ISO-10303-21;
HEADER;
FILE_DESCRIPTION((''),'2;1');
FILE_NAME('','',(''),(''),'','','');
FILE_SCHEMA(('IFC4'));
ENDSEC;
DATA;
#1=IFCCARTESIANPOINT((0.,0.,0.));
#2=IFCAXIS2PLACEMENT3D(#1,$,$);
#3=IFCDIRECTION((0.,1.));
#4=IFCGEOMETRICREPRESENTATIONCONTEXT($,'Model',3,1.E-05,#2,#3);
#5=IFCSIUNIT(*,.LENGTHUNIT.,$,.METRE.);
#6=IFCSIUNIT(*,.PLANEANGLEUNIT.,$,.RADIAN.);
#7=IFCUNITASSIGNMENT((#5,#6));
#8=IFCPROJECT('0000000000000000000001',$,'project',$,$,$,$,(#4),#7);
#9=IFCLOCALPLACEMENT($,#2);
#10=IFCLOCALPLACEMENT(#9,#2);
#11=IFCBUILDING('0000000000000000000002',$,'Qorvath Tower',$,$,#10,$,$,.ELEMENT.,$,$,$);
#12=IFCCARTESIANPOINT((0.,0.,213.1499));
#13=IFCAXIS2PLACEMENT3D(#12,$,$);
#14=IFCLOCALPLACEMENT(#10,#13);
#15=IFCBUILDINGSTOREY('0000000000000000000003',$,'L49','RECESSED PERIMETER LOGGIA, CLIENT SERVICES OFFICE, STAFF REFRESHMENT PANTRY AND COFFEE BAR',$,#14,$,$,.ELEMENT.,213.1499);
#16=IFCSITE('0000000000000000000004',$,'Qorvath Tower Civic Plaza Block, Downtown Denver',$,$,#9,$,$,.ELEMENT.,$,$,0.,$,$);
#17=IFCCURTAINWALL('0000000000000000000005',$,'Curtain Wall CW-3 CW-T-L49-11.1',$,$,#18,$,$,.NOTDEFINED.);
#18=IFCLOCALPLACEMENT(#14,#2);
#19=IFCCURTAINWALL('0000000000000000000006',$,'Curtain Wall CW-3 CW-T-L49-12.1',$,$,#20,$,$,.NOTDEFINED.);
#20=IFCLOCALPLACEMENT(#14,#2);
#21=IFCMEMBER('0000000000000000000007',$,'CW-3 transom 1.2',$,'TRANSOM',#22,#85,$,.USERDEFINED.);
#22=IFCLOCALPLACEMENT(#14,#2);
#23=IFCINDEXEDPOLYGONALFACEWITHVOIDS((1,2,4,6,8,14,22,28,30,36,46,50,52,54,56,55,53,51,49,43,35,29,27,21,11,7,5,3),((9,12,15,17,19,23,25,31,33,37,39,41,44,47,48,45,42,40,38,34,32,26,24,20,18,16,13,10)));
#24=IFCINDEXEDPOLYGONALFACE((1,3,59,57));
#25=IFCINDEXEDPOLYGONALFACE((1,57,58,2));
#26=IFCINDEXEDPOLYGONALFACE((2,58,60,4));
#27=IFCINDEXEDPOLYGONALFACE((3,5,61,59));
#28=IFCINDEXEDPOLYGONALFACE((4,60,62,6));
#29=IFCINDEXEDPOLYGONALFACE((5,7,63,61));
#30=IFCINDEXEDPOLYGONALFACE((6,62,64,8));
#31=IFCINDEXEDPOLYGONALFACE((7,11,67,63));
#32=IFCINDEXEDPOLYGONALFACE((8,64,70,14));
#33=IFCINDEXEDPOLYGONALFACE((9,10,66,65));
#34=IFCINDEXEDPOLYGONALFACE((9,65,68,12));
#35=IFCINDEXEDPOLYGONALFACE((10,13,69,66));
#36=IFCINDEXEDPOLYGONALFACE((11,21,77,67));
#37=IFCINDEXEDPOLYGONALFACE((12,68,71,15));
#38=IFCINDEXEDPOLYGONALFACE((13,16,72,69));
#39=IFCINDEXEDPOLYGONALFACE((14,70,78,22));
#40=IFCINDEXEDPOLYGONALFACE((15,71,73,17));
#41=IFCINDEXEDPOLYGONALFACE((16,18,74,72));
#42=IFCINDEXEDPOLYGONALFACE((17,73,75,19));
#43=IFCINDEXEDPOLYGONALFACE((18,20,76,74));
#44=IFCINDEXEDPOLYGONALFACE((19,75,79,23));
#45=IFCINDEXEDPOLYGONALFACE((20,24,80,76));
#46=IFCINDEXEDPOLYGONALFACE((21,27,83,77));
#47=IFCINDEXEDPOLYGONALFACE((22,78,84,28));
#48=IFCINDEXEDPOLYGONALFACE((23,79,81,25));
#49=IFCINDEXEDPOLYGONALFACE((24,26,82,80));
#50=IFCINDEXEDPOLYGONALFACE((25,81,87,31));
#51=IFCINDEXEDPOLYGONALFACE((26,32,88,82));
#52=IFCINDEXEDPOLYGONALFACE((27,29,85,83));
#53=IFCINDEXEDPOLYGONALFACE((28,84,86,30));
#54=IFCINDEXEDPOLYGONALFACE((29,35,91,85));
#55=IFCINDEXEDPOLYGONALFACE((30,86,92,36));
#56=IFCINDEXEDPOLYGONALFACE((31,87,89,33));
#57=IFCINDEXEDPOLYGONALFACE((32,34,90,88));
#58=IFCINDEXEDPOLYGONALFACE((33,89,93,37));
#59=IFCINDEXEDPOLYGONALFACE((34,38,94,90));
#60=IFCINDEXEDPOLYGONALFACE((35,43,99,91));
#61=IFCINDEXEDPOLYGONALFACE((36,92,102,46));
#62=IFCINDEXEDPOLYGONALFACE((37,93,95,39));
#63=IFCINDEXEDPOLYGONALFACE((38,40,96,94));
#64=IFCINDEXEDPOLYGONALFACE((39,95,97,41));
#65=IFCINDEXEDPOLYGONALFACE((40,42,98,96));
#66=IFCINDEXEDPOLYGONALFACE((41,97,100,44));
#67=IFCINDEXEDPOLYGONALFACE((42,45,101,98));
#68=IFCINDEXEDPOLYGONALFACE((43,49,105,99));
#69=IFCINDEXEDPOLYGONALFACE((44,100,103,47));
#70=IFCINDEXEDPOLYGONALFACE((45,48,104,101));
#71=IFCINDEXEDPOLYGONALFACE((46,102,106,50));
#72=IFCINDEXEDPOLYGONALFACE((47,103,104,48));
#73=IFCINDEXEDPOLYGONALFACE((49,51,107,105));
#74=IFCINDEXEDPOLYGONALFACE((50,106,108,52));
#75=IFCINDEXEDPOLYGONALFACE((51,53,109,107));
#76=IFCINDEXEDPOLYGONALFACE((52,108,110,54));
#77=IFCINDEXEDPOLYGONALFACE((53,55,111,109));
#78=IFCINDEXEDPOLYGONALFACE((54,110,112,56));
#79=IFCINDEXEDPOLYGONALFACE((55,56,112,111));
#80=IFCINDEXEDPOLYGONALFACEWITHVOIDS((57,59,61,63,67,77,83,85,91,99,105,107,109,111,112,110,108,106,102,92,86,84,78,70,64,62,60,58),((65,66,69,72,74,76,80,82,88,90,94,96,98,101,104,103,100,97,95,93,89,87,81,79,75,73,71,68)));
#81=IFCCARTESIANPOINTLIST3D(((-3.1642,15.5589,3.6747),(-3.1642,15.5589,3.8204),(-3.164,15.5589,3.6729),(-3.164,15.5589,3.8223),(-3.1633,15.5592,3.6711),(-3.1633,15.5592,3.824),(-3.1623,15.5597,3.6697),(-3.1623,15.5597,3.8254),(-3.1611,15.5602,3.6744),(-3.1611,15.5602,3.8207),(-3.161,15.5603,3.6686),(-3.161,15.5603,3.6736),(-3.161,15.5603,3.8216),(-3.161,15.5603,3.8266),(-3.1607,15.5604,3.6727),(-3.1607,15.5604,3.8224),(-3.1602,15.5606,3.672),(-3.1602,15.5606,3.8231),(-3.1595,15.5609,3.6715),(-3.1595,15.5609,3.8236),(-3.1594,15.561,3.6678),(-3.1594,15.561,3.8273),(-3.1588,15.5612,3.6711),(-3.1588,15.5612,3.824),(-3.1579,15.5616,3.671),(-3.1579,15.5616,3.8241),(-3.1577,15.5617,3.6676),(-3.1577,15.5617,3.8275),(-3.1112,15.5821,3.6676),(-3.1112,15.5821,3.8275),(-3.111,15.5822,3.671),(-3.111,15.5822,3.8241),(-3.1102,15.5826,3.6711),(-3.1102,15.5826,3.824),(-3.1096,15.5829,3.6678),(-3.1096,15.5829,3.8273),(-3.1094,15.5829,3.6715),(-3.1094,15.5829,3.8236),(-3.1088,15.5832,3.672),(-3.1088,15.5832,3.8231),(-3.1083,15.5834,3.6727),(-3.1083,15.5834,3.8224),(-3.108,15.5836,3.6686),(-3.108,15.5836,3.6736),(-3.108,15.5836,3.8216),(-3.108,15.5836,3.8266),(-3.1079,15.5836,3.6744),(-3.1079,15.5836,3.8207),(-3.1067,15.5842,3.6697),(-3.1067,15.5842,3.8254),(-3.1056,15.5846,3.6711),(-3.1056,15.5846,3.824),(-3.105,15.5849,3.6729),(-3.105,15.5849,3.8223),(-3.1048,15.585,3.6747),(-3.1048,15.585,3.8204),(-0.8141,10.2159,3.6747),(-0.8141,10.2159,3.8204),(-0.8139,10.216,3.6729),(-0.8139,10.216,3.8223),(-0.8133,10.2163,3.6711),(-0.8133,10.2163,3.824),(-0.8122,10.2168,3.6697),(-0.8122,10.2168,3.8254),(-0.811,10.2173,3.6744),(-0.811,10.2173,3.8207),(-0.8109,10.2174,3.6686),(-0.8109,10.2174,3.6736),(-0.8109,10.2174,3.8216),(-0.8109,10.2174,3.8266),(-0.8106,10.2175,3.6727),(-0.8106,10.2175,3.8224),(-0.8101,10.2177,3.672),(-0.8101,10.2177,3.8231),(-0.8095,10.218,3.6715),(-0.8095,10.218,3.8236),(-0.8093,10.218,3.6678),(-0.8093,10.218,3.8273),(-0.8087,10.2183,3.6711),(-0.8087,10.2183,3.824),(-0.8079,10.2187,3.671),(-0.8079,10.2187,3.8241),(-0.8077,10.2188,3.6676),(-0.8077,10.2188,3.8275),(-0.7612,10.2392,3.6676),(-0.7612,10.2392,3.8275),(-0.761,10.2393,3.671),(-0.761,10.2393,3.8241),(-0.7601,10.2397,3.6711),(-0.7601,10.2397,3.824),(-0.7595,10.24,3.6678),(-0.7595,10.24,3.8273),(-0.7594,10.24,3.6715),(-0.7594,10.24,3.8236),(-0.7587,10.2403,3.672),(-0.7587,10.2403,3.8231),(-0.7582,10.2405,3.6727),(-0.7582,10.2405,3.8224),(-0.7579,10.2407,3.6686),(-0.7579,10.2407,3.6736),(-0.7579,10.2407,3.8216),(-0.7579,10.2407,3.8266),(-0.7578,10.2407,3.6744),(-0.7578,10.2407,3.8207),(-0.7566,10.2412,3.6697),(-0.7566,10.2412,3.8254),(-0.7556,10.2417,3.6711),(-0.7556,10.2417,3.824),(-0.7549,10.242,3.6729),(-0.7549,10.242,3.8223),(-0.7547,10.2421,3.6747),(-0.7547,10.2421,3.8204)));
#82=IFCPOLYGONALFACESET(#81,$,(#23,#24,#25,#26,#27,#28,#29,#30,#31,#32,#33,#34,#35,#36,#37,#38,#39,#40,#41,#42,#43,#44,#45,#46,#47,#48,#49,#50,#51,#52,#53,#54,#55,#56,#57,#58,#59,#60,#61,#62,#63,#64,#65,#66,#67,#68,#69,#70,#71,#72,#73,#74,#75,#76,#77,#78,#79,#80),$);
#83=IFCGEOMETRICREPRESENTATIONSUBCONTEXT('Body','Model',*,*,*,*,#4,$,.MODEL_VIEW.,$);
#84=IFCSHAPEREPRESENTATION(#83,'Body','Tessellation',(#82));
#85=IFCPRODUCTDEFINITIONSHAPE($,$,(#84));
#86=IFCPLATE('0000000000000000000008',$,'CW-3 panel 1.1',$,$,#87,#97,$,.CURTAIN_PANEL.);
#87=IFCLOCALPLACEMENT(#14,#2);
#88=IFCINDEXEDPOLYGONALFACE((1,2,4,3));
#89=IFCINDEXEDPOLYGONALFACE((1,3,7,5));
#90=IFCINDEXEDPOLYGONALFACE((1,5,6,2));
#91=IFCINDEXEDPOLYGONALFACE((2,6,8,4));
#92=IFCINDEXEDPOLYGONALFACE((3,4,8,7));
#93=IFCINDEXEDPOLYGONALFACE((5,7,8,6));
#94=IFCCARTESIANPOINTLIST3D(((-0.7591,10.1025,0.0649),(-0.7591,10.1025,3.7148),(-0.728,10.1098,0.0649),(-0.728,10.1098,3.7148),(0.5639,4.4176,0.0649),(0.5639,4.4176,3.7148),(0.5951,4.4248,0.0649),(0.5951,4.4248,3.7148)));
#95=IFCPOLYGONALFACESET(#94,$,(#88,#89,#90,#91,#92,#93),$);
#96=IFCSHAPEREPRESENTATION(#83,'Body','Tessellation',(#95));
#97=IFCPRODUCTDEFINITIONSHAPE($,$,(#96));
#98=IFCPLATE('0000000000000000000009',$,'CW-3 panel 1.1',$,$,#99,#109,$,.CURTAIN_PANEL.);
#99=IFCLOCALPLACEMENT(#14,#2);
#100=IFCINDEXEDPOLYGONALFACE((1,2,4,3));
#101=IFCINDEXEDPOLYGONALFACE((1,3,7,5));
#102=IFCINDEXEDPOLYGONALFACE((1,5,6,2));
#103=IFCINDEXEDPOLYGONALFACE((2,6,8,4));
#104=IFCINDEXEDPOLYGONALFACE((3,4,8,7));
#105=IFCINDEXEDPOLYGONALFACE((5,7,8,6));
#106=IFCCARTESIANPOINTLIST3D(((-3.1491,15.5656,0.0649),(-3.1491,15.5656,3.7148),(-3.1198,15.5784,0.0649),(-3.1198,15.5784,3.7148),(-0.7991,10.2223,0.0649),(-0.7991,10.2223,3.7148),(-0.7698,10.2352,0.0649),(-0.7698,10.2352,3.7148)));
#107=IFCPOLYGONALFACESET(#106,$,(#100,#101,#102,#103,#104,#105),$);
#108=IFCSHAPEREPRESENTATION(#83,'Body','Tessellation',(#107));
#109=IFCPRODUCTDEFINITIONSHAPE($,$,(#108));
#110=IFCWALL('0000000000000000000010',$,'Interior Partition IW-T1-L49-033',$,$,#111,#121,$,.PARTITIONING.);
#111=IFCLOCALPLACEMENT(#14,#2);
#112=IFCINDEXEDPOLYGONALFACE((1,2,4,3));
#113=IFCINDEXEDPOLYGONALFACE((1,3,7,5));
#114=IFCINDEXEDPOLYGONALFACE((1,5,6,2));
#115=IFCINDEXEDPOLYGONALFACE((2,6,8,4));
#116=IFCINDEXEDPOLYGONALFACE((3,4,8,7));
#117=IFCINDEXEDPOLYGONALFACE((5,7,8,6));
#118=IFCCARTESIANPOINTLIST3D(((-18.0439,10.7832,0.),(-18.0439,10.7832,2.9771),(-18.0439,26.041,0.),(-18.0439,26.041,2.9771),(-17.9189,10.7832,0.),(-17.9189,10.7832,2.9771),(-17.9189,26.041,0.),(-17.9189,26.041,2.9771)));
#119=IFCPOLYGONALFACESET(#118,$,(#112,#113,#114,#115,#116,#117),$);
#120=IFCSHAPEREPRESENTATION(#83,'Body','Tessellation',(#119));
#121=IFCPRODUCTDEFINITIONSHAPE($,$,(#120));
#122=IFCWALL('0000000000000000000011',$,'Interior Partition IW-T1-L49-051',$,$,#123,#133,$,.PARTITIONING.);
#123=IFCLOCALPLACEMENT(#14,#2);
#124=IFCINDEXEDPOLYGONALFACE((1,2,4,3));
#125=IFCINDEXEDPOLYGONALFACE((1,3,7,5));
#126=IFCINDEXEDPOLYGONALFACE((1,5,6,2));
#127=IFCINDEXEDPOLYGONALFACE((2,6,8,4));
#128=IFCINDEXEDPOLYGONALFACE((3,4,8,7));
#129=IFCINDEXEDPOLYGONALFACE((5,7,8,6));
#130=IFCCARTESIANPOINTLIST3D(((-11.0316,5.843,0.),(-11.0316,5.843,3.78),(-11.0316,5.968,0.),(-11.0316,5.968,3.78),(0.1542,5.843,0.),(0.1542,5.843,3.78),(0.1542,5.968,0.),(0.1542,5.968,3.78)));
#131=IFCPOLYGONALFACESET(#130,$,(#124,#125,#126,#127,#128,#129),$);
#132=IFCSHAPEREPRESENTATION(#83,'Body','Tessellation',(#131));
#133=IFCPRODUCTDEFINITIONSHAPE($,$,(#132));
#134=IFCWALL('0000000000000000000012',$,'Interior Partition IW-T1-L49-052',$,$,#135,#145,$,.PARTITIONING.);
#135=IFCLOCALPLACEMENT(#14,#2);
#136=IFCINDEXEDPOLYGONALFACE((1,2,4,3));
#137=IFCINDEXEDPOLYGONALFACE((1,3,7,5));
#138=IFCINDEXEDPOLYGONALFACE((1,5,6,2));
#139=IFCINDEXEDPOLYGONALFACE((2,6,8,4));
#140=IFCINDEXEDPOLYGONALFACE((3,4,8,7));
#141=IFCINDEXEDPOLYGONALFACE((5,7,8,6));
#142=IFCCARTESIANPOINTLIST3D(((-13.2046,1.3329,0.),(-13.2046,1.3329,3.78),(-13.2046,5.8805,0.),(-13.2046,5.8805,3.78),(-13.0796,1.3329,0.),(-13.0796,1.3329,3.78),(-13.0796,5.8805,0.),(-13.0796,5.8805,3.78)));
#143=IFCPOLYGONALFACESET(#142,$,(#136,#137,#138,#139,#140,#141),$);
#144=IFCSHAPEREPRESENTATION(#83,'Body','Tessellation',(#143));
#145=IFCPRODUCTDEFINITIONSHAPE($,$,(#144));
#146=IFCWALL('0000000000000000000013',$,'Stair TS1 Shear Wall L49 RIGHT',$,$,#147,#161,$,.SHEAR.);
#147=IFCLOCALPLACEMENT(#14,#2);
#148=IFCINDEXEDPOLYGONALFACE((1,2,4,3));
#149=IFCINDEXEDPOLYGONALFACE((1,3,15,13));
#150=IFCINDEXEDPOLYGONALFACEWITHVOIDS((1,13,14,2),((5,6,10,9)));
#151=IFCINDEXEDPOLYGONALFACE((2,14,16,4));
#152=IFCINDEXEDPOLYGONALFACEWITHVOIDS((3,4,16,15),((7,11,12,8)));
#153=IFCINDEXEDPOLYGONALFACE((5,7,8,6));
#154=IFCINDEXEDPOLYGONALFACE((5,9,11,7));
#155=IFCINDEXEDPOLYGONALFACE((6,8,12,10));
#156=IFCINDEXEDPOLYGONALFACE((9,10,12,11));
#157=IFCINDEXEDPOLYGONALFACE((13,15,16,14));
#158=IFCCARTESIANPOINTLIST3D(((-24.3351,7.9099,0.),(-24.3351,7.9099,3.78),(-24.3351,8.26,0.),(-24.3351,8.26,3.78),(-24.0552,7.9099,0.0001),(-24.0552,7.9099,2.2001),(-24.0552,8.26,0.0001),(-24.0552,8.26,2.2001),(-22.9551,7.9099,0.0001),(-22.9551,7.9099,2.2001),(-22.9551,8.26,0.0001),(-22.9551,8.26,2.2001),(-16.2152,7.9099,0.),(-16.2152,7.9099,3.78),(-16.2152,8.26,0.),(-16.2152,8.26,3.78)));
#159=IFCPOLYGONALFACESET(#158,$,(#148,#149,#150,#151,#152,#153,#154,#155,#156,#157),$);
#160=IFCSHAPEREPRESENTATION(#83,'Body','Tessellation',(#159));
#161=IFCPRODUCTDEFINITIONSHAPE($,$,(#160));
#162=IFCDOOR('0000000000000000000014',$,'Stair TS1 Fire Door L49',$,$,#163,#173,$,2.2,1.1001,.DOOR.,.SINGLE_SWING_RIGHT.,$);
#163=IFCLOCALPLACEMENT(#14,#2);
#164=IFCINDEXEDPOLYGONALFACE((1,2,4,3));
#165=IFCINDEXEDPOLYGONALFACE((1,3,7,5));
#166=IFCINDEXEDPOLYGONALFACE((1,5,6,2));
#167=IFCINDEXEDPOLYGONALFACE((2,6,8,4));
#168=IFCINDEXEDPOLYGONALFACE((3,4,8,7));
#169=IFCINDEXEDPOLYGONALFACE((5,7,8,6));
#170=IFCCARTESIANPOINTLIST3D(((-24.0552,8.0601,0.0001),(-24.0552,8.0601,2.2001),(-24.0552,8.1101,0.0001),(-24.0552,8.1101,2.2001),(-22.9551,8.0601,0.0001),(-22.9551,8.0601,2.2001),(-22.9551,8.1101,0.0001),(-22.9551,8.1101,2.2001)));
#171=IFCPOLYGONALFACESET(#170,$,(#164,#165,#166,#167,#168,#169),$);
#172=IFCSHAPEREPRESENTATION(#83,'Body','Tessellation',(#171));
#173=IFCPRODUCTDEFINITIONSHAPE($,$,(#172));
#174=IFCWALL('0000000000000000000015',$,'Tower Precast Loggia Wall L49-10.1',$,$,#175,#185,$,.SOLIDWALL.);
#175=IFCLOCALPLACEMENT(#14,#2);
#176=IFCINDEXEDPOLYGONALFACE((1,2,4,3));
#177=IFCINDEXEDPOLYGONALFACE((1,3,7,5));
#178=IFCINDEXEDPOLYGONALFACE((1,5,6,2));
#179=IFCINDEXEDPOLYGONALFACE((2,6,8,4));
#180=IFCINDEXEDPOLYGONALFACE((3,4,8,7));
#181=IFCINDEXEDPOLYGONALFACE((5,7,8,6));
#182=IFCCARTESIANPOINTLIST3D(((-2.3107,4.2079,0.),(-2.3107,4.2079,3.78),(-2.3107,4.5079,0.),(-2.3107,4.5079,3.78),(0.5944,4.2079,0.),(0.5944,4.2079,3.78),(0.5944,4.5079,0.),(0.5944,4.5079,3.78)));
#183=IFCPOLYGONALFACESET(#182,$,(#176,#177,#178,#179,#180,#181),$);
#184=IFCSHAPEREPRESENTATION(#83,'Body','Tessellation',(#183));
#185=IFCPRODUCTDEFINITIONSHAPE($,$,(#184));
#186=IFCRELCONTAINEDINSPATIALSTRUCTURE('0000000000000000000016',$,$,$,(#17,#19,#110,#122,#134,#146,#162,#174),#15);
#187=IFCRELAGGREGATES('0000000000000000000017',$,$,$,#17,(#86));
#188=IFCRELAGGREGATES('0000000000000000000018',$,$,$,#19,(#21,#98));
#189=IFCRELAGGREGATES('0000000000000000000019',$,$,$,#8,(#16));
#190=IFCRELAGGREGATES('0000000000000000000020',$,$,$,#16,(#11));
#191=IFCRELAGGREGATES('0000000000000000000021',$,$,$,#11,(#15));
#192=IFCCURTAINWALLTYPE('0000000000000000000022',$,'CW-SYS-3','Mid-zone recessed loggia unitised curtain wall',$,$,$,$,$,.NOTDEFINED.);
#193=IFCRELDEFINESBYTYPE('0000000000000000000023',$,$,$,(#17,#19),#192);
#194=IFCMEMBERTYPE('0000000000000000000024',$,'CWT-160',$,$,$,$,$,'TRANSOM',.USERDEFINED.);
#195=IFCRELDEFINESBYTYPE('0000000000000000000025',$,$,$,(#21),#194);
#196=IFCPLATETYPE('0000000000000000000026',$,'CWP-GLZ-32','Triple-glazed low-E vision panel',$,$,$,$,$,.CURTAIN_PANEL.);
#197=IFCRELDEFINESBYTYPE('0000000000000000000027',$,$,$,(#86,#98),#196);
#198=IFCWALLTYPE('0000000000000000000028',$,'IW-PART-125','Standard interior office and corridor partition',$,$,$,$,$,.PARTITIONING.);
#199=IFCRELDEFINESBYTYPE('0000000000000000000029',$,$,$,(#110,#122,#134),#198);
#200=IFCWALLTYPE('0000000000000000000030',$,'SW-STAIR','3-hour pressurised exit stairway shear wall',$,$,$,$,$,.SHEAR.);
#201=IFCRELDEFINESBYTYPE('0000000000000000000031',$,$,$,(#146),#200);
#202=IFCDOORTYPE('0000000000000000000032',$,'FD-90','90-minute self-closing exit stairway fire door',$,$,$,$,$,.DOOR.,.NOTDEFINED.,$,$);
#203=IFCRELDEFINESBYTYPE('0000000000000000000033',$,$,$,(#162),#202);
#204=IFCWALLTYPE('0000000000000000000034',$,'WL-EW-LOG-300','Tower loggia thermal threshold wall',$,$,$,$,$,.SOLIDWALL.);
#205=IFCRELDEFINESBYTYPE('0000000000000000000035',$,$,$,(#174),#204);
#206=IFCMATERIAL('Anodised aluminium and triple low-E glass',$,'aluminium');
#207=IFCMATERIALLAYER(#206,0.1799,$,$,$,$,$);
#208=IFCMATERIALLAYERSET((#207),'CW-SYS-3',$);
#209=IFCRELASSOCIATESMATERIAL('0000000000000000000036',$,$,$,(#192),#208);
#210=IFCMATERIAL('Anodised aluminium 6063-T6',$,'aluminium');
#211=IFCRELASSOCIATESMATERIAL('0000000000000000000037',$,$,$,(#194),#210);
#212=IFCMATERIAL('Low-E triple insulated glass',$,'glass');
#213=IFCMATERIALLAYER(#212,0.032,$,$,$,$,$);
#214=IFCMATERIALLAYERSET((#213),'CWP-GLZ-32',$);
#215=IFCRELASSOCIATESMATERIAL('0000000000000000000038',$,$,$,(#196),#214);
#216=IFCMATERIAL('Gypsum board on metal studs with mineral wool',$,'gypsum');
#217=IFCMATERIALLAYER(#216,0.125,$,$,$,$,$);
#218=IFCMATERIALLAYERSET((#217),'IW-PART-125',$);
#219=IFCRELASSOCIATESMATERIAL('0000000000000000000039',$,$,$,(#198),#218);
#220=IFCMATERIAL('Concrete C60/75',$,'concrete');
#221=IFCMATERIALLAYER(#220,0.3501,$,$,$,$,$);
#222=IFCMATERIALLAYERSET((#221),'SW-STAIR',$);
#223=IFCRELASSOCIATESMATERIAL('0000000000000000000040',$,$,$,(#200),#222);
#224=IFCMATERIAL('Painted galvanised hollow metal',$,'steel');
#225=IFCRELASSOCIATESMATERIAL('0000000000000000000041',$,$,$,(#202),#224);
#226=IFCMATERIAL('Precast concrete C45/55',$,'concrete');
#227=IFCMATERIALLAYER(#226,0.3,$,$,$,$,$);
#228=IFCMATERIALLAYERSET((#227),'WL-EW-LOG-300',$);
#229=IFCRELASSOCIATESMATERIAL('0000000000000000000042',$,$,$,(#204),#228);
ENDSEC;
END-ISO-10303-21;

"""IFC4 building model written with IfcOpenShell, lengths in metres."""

from ifc_helpers import new_model, si_unit, direction, frame, frame_2d, origin, origin_2d, place, context, subcontext, project, spatial, rectangle, hollow_rectangle, extrude, material, layer, layer_set, material_profile, profile_set, type_object, element, fill, aggregate, save


model = new_model("IFC4")

# Units and contexts
model_context = context("Model", 3, precision=1e-05, world=origin(), true_north=direction((0.0, 1.0)))
body_context = subcontext(model_context, "Body", "Model", "MODEL_VIEW")
ifc_project = project(units=[si_unit("LENGTHUNIT", "METRE"), si_unit("PLANEANGLEUNIT", "RADIAN")], contexts=[model_context])

# Site, building, storey
site_placement = place(None, origin())
site = spatial("IfcSite", under=ifc_project, at=site_placement, Name="Qorvath Tower Civic Plaza Block, Downtown Denver", CompositionType="ELEMENT", RefElevation=0.0)
building_placement = place(site_placement, origin())
building = spatial("IfcBuilding", under=site, at=building_placement, Name="Qorvath Tower", CompositionType="ELEMENT")
storey_placement = place(building_placement, frame((0.0, 0.0, 213.1499)))
storey = spatial("IfcBuildingStorey", under=building, at=storey_placement, Name="L49", Description="RECESSED PERIMETER LOGGIA, CLIENT SERVICES OFFICE, STAFF REFRESHMENT PANTRY AND COFFEE BAR", CompositionType="ELEMENT", Elevation=213.1499)

# Curtain wall
ifc_material_1 = material(Name="Anodised aluminium and triple low-E glass", Category="aluminium")
ifc_layer_1 = layer(ifc_material_1, 0.1799)
ifc_layer_set_1 = layer_set([ifc_layer_1], Name="CW-SYS-3")
curtain_wall_type = type_object("IfcCurtainWallType", Name="CW-SYS-3", Description="Mid-zone recessed loggia unitised curtain wall", PredefinedType="NOTDEFINED", material=ifc_layer_set_1)
curtain_wall_1_placement = place(storey_placement, origin())
curtain_wall_1 = element("IfcCurtainWall", 1, at=curtain_wall_1_placement, inside=storey, type_object=curtain_wall_type, Name="Curtain Wall CW-3 CW-T-L49-11.1", PredefinedType="NOTDEFINED")

# Curtain wall
curtain_wall_2_placement = place(storey_placement, origin())
curtain_wall_2 = element("IfcCurtainWall", 2, at=curtain_wall_2_placement, inside=storey, type_object=curtain_wall_type, Name="Curtain Wall CW-3 CW-T-L49-12.1", PredefinedType="NOTDEFINED")

# Member
ifc_material_2 = material(Name="Anodised aluminium 6063-T6", Category="aluminium")
ifc_material_profile_1 = material_profile(ifc_material_2, hollow_rectangle(XDim=0.0649, YDim=0.1599, WallThickness=0.0034, InnerFilletRadius=0.0034, OuterFilletRadius=0.0071, at=origin_2d()), Name="CWT 160x65")
ifc_profile_set_1 = profile_set([ifc_material_profile_1], Name="Anodised aluminium 6063-T6")
member_type_1 = type_object("IfcMemberType", Name="CWT-160", ElementType="TRANSOM", PredefinedType="USERDEFINED", material=ifc_profile_set_1)
member_1_placement = place(storey_placement, frame((-0.7844, 10.229, 3.7476), z_axis=(-0.402619, 0.915367, 0.0), x_axis=(-0.915367, -0.402619, 0.0)))
member_1 = element("IfcMember", 3, at=member_1_placement, type_object=member_type_1, Name="CW-3 transom 1.2", ObjectType="TRANSOM", PredefinedType="USERDEFINED", context=body_context, shape_type="SweptSolid", body=[
    extrude(hollow_rectangle(XDim=0.0649, YDim=0.1599, WallThickness=0.0034, InnerFilletRadius=0.0034, OuterFilletRadius=0.0071, at=origin_2d()), origin(), (0.0, 0.0, 1.0), 5.8369),
])

# Plates
ifc_material_3 = material(Name="Low-E triple insulated glass", Category="glass")
ifc_layer_2 = layer(ifc_material_3, 0.032)
ifc_layer_set_2 = layer_set([ifc_layer_2], Name="CWP-GLZ-32")
plate_type = type_object("IfcPlateType", Name="CWP-GLZ-32", Description="Triple-glazed low-E vision panel", PredefinedType="CURTAIN_PANEL", material=ifc_layer_set_2)
plate_1_placement = place(storey_placement, frame((-0.082, 7.2637, 0.0649), z_axis=(0.0, 0.0, 1.0), x_axis=(-0.226671, 0.973971, 0.0)))
plate_1 = element("IfcPlate", 4, at=plate_1_placement, type_object=plate_type, Name="CW-3 panel 1.1", PredefinedType="CURTAIN_PANEL", context=body_context, shape_type="SweptSolid", body=[
    extrude(rectangle(XDim=5.8369, YDim=0.032, at=origin_2d()), origin(), (0.0, 0.0, 1.0), 3.6499),
])
aggregate(curtain_wall_1, [plate_1])
plate_2_placement = place(storey_placement, frame((-1.9595, 12.9004, 0.0649), z_axis=(0.0, 0.0, 1.0), x_axis=(-0.402589, 0.915381, 0.0)))
plate_2 = element("IfcPlate", 5, at=plate_2_placement, type_object=plate_type, Name="CW-3 panel 1.1", PredefinedType="CURTAIN_PANEL", context=body_context, shape_type="SweptSolid", body=[
    extrude(rectangle(XDim=5.8372, YDim=0.032, at=origin_2d()), origin(), (0.0, 0.0, 1.0), 3.6499),
])
aggregate(curtain_wall_2, [member_1, plate_2])

# Walls
ifc_material_4 = material(Name="Gypsum board on metal studs with mineral wool", Category="gypsum")
ifc_layer_3 = layer(ifc_material_4, 0.125)
ifc_layer_set_3 = layer_set([ifc_layer_3], Name="IW-PART-125")
wall_type_1 = type_object("IfcWallType", Name="IW-PART-125", Description="Standard interior office and corridor partition", PredefinedType="PARTITIONING", material=ifc_layer_set_3)
wall_1_placement = place(storey_placement, frame((-17.9814, 10.7832, 0.0), z_axis=(0.0, 0.0, 1.0), x_axis=(0.0, 1.0, 0.0)))
element("IfcWall", 6, at=wall_1_placement, inside=storey, type_object=wall_type_1, Name="Interior Partition IW-T1-L49-033", PredefinedType="PARTITIONING", context=body_context, shape_type="SweptSolid", body=[
    extrude(rectangle(XDim=15.2578, YDim=0.125, at=frame_2d((7.6289, 0.0))), origin(), (0.0, 0.0, 1.0), 2.9771),
])
wall_2_placement = place(storey_placement, frame((0.1541, 5.9055, 0.0), z_axis=(0.0, 0.0, 1.0), x_axis=(-1.0, 0.0, 0.0)))
element("IfcWall", 7, at=wall_2_placement, inside=storey, type_object=wall_type_1, Name="Interior Partition IW-T1-L49-051", PredefinedType="PARTITIONING", context=body_context, shape_type="SweptSolid", body=[
    extrude(rectangle(XDim=11.1858, YDim=0.125, at=frame_2d((5.5928, 0.0))), origin(), (0.0, 0.0, 1.0), 3.78),
])
wall_3_placement = place(storey_placement, frame((-13.1421, 5.8806, 0.0), z_axis=(0.0, 0.0, 1.0), x_axis=(0.0, -1.0, 0.0)))
element("IfcWall", 8, at=wall_3_placement, inside=storey, type_object=wall_type_1, Name="Interior Partition IW-T1-L49-052", PredefinedType="PARTITIONING", context=body_context, shape_type="SweptSolid", body=[
    extrude(rectangle(XDim=4.5476, YDim=0.125, at=frame_2d((2.2739, 0.0))), origin(), (0.0, 0.0, 1.0), 3.78),
])

# Wall, opening, door
ifc_material_5 = material(Name="Concrete C60/75", Category="concrete")
ifc_layer_4 = layer(ifc_material_5, 0.3501)
ifc_layer_set_4 = layer_set([ifc_layer_4], Name="SW-STAIR")
wall_type_2 = type_object("IfcWallType", Name="SW-STAIR", Description="3-hour pressurised exit stairway shear wall", PredefinedType="SHEAR", material=ifc_layer_set_4)
wall_4_placement = place(storey_placement, frame((-16.2151, 8.085, 0.0), z_axis=(0.0, 0.0, 1.0), x_axis=(-1.0, 0.0, 0.0)))
wall_4 = element("IfcWall", 9, at=wall_4_placement, inside=storey, type_object=wall_type_2, Name="Stair TS1 Shear Wall L49 RIGHT", PredefinedType="SHEAR", context=body_context, shape_type="SweptSolid", body=[
    extrude(rectangle(XDim=8.1199, YDim=0.3501, at=frame_2d((4.0601, 0.0))), origin(), (0.0, 0.0, 1.0), 3.78),
])
opening_1_placement = place(wall_4_placement, frame((6.74, 0.0, 0.0)))
opening_1 = element("IfcOpeningElement", 10, at=opening_1_placement, cuts=wall_4, PredefinedType="OPENING", context=body_context, shape_type="SweptSolid", body=[
    extrude(rectangle(XDim=1.1001, YDim=2.2, at=frame_2d((0.55, 1.1001))), frame((0.0, 0.1851, 0.0), z_axis=(0.0, -1.0, 0.0), x_axis=(1.0, 0.0, 0.0)), (0.0, 0.0, 1.0), 0.3701),
])
ifc_material_6 = material(Name="Painted galvanised hollow metal", Category="steel")
door_type_1 = type_object("IfcDoorType", Name="FD-90", Description="90-minute self-closing exit stairway fire door", OperationType="NOTDEFINED", PredefinedType="DOOR", material=ifc_material_6)
door_1_placement = place(opening_1_placement, origin())
door_1 = element("IfcDoor", 11, at=door_1_placement, inside=storey, type_object=door_type_1, Name="Stair TS1 Fire Door L49", OperationType="SINGLE_SWING_RIGHT", OverallHeight=2.2, OverallWidth=1.1001, PredefinedType="DOOR", context=body_context, shape_type="SweptSolid", body=[
    extrude(rectangle(XDim=1.1001, YDim=2.2, at=frame_2d((0.55, 1.1001))), frame((0.0, 0.0249, 0.0), z_axis=(0.0, -1.0, 0.0), x_axis=(1.0, 0.0, 0.0)), (0.0, 0.0, 1.0), 0.05),
])
fill(opening_1, door_1)

# Wall
ifc_material_7 = material(Name="Precast concrete C45/55", Category="concrete")
ifc_layer_5 = layer(ifc_material_7, 0.3)
ifc_layer_set_5 = layer_set([ifc_layer_5], Name="WL-EW-LOG-300")
wall_type_3 = type_object("IfcWallType", Name="WL-EW-LOG-300", Description="Tower loggia thermal threshold wall", PredefinedType="SOLIDWALL", material=ifc_layer_set_5)
wall_5_placement = place(storey_placement, frame((-2.3108, 4.3579, 0.0), z_axis=(0.0, 0.0, 1.0), x_axis=(1.0, 0.0, 0.0)))
element("IfcWall", 12, at=wall_5_placement, inside=storey, type_object=wall_type_3, Name="Tower Precast Loggia Wall L49-10.1", PredefinedType="SOLIDWALL", context=body_context, shape_type="SweptSolid", body=[
    extrude(rectangle(XDim=2.905, YDim=0.3, at=frame_2d((1.4526, 0.0))), origin(), (0.0, 0.0, 1.0), 3.78),
])

save(model, "model.ifc")
